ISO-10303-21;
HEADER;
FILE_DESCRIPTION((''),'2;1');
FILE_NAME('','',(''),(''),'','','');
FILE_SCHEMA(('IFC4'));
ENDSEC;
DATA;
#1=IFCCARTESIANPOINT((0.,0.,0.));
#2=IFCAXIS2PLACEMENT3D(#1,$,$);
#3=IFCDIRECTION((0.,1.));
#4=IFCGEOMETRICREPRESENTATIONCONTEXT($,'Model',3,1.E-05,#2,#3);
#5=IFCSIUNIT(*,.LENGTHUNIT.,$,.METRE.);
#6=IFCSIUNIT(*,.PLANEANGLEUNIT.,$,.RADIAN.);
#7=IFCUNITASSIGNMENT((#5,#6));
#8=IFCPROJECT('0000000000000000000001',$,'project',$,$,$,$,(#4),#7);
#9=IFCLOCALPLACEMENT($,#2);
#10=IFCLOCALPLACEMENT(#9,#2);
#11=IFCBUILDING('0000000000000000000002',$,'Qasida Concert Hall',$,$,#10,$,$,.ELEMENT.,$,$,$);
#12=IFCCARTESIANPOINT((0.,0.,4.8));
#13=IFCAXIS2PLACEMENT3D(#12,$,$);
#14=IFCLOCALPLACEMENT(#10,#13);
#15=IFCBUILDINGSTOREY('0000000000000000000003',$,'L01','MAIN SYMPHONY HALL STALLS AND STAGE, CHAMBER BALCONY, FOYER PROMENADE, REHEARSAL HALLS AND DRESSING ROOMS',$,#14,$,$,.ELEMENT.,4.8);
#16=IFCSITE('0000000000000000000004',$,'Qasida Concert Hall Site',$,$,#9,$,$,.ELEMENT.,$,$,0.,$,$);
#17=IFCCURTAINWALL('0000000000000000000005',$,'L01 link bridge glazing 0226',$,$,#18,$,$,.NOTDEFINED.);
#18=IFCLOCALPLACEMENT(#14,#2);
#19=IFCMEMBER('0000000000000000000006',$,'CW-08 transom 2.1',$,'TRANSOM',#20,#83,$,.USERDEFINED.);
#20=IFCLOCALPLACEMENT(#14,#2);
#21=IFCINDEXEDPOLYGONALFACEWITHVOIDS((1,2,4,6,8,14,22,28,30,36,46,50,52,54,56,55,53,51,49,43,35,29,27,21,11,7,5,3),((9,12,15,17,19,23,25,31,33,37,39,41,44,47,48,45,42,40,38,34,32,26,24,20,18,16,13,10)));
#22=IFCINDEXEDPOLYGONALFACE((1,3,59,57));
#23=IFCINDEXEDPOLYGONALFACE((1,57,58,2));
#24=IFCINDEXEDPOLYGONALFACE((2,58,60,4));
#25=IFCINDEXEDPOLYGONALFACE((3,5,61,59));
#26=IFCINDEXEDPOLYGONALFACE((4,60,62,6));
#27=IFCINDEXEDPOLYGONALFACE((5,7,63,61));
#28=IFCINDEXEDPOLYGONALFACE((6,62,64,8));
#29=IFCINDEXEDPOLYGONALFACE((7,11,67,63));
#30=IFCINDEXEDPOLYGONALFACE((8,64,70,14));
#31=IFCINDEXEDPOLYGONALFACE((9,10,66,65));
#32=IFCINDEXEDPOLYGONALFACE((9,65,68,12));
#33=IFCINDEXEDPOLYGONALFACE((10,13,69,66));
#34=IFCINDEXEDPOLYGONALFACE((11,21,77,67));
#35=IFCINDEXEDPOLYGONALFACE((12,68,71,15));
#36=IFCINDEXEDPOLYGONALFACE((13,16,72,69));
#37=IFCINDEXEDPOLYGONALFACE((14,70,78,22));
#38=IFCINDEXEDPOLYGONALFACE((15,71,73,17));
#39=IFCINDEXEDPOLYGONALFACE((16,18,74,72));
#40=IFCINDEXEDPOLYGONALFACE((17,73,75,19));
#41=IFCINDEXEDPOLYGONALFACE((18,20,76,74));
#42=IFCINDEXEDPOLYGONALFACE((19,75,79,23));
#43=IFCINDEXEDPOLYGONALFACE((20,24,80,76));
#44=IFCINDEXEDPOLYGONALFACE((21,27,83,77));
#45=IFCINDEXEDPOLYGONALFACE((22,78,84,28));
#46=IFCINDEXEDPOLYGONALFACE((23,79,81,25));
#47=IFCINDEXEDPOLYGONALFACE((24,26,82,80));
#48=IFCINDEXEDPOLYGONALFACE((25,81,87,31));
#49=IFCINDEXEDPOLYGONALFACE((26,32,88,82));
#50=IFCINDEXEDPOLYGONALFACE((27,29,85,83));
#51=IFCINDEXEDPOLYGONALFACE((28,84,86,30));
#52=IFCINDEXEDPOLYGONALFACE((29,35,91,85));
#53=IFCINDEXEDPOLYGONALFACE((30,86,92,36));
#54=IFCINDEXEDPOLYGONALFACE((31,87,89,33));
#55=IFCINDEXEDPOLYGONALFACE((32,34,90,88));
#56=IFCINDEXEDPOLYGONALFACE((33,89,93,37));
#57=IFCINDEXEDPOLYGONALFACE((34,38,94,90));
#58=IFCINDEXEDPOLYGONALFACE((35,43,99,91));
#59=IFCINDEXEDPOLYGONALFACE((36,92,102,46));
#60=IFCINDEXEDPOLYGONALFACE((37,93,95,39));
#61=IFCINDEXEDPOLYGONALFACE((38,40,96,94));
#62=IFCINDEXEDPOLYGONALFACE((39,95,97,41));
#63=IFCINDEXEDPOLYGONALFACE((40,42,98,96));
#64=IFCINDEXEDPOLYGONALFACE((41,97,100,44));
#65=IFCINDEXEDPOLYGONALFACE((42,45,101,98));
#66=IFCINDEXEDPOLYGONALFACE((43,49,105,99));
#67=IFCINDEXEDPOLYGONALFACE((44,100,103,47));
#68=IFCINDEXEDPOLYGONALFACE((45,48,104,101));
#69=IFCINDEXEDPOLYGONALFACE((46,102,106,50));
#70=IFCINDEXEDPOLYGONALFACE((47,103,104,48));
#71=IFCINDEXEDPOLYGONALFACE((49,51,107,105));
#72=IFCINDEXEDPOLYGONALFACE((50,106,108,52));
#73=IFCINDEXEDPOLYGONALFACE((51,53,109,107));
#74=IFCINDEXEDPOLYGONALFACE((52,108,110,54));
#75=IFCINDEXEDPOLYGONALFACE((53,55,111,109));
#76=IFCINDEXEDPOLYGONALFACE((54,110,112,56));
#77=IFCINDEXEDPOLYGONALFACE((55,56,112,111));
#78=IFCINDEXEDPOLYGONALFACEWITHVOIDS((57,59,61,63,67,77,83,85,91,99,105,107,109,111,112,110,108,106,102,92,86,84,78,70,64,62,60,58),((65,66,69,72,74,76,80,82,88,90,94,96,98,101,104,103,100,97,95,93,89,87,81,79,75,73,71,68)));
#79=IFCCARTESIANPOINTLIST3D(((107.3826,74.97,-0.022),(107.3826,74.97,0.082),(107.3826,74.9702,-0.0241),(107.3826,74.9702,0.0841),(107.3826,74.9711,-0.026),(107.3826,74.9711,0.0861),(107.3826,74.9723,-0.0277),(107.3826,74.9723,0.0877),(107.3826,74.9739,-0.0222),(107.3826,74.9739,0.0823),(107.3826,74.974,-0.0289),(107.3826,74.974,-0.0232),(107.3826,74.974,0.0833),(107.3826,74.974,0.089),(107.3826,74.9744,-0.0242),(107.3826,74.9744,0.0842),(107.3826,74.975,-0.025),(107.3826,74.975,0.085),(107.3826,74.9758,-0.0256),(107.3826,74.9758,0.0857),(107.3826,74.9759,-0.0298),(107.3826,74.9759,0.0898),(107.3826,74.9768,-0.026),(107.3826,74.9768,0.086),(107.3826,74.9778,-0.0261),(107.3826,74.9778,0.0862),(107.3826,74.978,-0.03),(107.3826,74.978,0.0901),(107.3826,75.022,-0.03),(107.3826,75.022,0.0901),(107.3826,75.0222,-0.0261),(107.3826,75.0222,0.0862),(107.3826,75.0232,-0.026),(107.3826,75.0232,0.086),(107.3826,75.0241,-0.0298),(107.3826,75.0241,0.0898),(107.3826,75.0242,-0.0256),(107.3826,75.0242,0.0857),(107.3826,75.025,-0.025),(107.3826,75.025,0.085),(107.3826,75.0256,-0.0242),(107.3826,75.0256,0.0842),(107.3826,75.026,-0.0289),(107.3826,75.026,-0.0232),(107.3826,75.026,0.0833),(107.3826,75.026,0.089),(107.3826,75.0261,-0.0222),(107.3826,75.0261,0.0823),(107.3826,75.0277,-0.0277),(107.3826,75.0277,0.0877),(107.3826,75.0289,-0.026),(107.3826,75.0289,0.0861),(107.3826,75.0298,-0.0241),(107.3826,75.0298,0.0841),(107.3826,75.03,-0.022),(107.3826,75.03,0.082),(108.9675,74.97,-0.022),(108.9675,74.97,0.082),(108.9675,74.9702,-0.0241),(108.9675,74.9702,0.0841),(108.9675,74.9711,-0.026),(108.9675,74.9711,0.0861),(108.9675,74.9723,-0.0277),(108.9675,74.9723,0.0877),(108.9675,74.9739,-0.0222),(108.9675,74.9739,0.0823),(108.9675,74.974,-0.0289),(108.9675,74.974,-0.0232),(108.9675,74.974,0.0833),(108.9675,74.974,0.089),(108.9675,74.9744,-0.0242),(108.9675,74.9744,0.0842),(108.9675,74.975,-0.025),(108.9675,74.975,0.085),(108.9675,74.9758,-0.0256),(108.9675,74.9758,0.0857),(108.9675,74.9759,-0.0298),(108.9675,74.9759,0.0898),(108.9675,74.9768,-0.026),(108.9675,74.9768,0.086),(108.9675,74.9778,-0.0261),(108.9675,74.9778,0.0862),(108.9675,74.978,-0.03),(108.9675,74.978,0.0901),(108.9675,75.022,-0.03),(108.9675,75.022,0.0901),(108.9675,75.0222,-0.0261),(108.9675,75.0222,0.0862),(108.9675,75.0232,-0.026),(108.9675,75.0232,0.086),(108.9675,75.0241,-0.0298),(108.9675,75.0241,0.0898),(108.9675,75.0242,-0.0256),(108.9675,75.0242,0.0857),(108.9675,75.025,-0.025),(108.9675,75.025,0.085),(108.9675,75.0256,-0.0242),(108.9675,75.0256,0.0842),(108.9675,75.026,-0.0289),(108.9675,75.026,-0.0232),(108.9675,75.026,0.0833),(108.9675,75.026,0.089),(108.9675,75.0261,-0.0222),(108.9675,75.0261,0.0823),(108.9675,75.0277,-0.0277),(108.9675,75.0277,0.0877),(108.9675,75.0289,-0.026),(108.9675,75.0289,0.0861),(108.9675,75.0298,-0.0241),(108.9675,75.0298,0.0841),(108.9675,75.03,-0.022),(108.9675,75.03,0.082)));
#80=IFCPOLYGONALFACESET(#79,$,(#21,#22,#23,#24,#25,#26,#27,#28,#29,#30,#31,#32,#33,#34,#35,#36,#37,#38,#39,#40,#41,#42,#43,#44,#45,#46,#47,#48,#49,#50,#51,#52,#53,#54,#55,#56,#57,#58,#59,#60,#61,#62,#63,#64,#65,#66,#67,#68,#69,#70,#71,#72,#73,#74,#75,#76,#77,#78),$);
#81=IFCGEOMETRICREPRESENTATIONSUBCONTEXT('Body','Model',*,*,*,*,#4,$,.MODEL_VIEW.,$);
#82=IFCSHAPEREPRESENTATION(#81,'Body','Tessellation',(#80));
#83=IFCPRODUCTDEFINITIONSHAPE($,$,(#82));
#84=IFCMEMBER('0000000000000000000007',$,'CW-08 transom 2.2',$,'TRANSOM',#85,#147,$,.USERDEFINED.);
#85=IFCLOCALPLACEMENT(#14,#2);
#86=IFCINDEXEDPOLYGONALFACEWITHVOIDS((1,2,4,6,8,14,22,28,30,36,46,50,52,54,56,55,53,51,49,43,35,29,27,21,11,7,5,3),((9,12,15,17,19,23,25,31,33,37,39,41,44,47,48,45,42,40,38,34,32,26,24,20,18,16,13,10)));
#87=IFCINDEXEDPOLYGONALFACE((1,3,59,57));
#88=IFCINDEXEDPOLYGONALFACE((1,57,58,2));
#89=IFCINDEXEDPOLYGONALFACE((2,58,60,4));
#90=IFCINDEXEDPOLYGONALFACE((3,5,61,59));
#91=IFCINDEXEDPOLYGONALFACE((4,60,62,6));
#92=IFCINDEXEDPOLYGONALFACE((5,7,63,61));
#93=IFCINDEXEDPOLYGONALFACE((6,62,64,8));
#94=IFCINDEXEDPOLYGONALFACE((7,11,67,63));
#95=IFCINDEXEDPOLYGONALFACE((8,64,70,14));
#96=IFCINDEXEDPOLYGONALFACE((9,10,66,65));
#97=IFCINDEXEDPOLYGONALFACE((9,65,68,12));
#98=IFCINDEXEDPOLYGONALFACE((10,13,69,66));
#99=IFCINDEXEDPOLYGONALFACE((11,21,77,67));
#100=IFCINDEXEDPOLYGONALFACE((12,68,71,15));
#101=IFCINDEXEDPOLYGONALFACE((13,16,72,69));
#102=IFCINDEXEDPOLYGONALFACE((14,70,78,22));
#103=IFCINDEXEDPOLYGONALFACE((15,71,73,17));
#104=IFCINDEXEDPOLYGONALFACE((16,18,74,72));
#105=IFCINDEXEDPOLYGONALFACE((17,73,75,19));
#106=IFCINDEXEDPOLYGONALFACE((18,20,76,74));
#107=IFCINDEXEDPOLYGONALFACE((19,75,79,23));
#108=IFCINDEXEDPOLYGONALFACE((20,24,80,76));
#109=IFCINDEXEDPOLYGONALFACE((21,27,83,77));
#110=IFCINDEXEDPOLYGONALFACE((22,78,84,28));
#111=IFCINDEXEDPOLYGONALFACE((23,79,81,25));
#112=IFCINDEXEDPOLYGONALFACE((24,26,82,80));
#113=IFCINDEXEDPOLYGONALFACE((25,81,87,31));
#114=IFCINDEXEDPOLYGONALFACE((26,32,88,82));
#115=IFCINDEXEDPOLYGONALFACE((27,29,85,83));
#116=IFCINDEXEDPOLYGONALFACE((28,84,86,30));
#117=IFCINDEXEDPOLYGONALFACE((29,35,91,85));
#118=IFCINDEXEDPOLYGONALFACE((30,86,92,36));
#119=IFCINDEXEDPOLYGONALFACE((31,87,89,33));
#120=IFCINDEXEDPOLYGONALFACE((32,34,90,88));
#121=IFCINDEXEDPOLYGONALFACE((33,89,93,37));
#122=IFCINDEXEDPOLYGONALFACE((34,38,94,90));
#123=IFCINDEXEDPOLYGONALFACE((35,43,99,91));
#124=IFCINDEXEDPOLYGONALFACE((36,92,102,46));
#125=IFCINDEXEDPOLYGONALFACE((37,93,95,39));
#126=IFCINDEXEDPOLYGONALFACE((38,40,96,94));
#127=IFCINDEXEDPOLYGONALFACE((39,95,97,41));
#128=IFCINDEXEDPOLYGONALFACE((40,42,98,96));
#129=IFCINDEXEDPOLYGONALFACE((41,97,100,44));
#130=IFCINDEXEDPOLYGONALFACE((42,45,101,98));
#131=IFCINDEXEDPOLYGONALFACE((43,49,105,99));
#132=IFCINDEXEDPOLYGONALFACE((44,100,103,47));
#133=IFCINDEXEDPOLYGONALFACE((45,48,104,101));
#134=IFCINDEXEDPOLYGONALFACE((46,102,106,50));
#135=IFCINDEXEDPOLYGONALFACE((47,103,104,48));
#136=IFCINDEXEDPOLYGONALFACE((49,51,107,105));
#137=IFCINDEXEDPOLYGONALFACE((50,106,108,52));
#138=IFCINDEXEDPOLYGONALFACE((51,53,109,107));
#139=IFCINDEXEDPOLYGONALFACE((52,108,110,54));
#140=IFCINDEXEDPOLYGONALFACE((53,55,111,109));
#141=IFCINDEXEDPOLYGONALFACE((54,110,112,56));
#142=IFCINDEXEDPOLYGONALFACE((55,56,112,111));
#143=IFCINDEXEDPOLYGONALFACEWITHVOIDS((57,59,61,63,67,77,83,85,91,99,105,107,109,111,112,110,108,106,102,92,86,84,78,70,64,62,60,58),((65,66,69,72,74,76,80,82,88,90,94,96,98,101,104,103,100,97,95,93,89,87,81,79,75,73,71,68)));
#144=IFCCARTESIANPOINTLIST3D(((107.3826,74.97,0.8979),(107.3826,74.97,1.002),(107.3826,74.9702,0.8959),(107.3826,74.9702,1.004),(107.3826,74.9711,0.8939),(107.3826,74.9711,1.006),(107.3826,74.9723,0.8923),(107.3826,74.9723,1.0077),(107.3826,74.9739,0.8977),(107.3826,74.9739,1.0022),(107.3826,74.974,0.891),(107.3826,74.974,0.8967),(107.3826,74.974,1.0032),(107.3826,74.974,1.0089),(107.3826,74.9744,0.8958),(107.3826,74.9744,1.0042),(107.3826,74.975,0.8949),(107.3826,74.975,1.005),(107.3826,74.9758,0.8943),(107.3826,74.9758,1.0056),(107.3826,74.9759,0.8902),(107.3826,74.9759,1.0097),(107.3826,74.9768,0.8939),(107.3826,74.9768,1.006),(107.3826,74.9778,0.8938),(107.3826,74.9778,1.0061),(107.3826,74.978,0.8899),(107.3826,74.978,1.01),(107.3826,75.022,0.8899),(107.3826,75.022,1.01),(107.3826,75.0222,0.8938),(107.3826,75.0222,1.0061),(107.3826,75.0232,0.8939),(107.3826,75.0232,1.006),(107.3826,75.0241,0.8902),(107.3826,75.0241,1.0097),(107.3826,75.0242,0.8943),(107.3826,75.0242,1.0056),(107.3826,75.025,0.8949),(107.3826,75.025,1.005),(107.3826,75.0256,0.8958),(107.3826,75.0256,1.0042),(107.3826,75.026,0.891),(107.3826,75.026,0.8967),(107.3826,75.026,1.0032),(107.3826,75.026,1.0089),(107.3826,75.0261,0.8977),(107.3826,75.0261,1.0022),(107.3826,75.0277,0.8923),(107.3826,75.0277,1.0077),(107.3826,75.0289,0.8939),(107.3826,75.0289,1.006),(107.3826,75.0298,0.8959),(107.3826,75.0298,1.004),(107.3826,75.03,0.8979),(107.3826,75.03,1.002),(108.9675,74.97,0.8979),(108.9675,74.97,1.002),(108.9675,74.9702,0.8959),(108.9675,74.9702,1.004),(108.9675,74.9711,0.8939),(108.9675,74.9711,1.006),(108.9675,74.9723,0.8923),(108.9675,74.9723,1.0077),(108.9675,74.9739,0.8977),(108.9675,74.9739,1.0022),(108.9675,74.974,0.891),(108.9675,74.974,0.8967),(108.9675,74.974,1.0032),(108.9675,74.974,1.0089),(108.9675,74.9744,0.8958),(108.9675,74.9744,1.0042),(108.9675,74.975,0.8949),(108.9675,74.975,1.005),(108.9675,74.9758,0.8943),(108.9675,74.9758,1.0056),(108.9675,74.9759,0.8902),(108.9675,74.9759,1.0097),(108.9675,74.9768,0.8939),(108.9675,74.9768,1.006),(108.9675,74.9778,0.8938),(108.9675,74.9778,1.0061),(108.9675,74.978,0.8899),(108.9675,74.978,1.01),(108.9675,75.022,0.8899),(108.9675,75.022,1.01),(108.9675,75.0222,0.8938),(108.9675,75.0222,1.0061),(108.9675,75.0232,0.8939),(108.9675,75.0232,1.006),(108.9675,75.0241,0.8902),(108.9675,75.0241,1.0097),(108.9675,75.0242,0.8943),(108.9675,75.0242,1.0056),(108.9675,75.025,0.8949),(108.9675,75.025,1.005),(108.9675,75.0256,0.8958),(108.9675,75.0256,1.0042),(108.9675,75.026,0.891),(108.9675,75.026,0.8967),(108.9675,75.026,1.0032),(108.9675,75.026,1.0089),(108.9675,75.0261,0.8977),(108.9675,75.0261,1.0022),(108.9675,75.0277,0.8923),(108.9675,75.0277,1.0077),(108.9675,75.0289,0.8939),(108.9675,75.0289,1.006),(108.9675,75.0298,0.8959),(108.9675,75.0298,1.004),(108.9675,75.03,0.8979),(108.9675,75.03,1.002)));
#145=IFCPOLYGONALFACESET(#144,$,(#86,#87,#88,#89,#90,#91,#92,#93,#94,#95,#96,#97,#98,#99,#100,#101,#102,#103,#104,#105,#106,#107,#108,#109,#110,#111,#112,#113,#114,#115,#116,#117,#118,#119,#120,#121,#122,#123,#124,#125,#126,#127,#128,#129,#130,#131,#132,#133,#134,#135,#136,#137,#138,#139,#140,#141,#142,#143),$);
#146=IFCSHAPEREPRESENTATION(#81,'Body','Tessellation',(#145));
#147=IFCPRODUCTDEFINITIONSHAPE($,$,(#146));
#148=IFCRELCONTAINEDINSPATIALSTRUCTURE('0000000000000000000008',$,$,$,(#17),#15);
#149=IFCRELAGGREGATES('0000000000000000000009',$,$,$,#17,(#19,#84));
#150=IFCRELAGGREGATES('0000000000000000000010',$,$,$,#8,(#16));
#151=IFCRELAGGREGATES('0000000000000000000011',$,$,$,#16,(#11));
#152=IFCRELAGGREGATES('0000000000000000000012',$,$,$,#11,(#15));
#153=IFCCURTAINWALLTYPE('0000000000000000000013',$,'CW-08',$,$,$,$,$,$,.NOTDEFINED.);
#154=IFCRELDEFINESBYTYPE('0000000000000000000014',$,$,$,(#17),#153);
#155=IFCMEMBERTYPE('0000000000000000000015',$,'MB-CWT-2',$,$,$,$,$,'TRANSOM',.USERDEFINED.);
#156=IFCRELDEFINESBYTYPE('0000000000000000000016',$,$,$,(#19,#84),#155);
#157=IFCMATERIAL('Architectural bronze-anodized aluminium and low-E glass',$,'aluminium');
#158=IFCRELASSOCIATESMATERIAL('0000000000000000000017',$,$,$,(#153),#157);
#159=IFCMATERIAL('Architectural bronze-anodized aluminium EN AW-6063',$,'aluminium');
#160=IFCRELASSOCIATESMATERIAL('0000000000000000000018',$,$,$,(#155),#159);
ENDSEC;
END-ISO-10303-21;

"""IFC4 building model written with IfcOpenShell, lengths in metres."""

from ifc_helpers import new_model, si_unit, direction, frame, origin, origin_2d, place, context, subcontext, project, spatial, hollow_rectangle, extrude, material, material_profile, profile_set, type_object, element, aggregate, save


model = new_model("IFC4")

# Units and contexts
model_context = context("Model", 3, precision=1e-05, world=origin(), true_north=direction((0.0, 1.0)))
body_context = subcontext(model_context, "Body", "Model", "MODEL_VIEW")
ifc_project = project(units=[si_unit("LENGTHUNIT", "METRE"), si_unit("PLANEANGLEUNIT", "RADIAN")], contexts=[model_context])

# Site, building, storey
site_placement = place(None, origin())
site = spatial("IfcSite", under=ifc_project, at=site_placement, Name="Qasida Concert Hall Site", CompositionType="ELEMENT", RefElevation=0.0)
building_placement = place(site_placement, origin())
building = spatial("IfcBuilding", under=site, at=building_placement, Name="Qasida Concert Hall", CompositionType="ELEMENT")
storey_placement = place(building_placement, frame((0.0, 0.0, 4.8)))
storey = spatial("IfcBuildingStorey", under=building, at=storey_placement, Name="L01", Description="MAIN SYMPHONY HALL STALLS AND STAGE, CHAMBER BALCONY, FOYER PROMENADE, REHEARSAL HALLS AND DRESSING ROOMS", CompositionType="ELEMENT", Elevation=4.8)

# Curtain wall, members
ifc_material_1 = material(Name="Architectural bronze-anodized aluminium and low-E glass", Category="aluminium")
curtain_wall_type = type_object("IfcCurtainWallType", Name="CW-08", PredefinedType="NOTDEFINED", material=ifc_material_1)
curtain_wall_placement = place(storey_placement, origin())
curtain_wall = element("IfcCurtainWall", 1, at=curtain_wall_placement, inside=storey, type_object=curtain_wall_type, Name="L01 link bridge glazing 0226", PredefinedType="NOTDEFINED")
ifc_material_2 = material(Name="Architectural bronze-anodized aluminium EN AW-6063", Category="aluminium")
ifc_material_profile_1 = material_profile(ifc_material_2, hollow_rectangle(XDim=0.0601, YDim=0.1201, WallThickness=0.0039, InnerFilletRadius=0.0039, OuterFilletRadius=0.0081, at=origin_2d()), Name="CWT 120x60x4")
ifc_profile_set_1 = profile_set([ifc_material_profile_1], Name="Architectural bronze-anodized aluminium EN AW-6063")
member_type_1 = type_object("IfcMemberType", Name="MB-CWT-2", ElementType="TRANSOM", PredefinedType="USERDEFINED", material=ifc_profile_set_1)
member_1_placement = place(storey_placement, frame((107.3826, 75.0, 0.03), z_axis=(1.0, 0.0, 0.0), x_axis=(0.0, 1.0, 0.0)))
member_1 = element("IfcMember", 2, at=member_1_placement, type_object=member_type_1, Name="CW-08 transom 2.1", ObjectType="TRANSOM", PredefinedType="USERDEFINED", context=body_context, shape_type="SweptSolid", body=[
    extrude(hollow_rectangle(XDim=0.0601, YDim=0.1201, WallThickness=0.0039, InnerFilletRadius=0.0039, OuterFilletRadius=0.0081, at=origin_2d()), origin(), (0.0, 0.0, 1.0), 1.585),
])
member_2_placement = place(storey_placement, frame((107.3826, 75.0, 0.95), z_axis=(1.0, 0.0, 0.0), x_axis=(0.0, 1.0, 0.0)))
member_2 = element("IfcMember", 3, at=member_2_placement, type_object=member_type_1, Name="CW-08 transom 2.2", ObjectType="TRANSOM", PredefinedType="USERDEFINED", context=body_context, shape_type="SweptSolid", body=[
    extrude(hollow_rectangle(XDim=0.0601, YDim=0.1201, WallThickness=0.0039, InnerFilletRadius=0.0039, OuterFilletRadius=0.0081, at=origin_2d()), origin(), (0.0, 0.0, 1.0), 1.585),
])
aggregate(curtain_wall, [member_1, member_2])

save(model, "model.ifc")
